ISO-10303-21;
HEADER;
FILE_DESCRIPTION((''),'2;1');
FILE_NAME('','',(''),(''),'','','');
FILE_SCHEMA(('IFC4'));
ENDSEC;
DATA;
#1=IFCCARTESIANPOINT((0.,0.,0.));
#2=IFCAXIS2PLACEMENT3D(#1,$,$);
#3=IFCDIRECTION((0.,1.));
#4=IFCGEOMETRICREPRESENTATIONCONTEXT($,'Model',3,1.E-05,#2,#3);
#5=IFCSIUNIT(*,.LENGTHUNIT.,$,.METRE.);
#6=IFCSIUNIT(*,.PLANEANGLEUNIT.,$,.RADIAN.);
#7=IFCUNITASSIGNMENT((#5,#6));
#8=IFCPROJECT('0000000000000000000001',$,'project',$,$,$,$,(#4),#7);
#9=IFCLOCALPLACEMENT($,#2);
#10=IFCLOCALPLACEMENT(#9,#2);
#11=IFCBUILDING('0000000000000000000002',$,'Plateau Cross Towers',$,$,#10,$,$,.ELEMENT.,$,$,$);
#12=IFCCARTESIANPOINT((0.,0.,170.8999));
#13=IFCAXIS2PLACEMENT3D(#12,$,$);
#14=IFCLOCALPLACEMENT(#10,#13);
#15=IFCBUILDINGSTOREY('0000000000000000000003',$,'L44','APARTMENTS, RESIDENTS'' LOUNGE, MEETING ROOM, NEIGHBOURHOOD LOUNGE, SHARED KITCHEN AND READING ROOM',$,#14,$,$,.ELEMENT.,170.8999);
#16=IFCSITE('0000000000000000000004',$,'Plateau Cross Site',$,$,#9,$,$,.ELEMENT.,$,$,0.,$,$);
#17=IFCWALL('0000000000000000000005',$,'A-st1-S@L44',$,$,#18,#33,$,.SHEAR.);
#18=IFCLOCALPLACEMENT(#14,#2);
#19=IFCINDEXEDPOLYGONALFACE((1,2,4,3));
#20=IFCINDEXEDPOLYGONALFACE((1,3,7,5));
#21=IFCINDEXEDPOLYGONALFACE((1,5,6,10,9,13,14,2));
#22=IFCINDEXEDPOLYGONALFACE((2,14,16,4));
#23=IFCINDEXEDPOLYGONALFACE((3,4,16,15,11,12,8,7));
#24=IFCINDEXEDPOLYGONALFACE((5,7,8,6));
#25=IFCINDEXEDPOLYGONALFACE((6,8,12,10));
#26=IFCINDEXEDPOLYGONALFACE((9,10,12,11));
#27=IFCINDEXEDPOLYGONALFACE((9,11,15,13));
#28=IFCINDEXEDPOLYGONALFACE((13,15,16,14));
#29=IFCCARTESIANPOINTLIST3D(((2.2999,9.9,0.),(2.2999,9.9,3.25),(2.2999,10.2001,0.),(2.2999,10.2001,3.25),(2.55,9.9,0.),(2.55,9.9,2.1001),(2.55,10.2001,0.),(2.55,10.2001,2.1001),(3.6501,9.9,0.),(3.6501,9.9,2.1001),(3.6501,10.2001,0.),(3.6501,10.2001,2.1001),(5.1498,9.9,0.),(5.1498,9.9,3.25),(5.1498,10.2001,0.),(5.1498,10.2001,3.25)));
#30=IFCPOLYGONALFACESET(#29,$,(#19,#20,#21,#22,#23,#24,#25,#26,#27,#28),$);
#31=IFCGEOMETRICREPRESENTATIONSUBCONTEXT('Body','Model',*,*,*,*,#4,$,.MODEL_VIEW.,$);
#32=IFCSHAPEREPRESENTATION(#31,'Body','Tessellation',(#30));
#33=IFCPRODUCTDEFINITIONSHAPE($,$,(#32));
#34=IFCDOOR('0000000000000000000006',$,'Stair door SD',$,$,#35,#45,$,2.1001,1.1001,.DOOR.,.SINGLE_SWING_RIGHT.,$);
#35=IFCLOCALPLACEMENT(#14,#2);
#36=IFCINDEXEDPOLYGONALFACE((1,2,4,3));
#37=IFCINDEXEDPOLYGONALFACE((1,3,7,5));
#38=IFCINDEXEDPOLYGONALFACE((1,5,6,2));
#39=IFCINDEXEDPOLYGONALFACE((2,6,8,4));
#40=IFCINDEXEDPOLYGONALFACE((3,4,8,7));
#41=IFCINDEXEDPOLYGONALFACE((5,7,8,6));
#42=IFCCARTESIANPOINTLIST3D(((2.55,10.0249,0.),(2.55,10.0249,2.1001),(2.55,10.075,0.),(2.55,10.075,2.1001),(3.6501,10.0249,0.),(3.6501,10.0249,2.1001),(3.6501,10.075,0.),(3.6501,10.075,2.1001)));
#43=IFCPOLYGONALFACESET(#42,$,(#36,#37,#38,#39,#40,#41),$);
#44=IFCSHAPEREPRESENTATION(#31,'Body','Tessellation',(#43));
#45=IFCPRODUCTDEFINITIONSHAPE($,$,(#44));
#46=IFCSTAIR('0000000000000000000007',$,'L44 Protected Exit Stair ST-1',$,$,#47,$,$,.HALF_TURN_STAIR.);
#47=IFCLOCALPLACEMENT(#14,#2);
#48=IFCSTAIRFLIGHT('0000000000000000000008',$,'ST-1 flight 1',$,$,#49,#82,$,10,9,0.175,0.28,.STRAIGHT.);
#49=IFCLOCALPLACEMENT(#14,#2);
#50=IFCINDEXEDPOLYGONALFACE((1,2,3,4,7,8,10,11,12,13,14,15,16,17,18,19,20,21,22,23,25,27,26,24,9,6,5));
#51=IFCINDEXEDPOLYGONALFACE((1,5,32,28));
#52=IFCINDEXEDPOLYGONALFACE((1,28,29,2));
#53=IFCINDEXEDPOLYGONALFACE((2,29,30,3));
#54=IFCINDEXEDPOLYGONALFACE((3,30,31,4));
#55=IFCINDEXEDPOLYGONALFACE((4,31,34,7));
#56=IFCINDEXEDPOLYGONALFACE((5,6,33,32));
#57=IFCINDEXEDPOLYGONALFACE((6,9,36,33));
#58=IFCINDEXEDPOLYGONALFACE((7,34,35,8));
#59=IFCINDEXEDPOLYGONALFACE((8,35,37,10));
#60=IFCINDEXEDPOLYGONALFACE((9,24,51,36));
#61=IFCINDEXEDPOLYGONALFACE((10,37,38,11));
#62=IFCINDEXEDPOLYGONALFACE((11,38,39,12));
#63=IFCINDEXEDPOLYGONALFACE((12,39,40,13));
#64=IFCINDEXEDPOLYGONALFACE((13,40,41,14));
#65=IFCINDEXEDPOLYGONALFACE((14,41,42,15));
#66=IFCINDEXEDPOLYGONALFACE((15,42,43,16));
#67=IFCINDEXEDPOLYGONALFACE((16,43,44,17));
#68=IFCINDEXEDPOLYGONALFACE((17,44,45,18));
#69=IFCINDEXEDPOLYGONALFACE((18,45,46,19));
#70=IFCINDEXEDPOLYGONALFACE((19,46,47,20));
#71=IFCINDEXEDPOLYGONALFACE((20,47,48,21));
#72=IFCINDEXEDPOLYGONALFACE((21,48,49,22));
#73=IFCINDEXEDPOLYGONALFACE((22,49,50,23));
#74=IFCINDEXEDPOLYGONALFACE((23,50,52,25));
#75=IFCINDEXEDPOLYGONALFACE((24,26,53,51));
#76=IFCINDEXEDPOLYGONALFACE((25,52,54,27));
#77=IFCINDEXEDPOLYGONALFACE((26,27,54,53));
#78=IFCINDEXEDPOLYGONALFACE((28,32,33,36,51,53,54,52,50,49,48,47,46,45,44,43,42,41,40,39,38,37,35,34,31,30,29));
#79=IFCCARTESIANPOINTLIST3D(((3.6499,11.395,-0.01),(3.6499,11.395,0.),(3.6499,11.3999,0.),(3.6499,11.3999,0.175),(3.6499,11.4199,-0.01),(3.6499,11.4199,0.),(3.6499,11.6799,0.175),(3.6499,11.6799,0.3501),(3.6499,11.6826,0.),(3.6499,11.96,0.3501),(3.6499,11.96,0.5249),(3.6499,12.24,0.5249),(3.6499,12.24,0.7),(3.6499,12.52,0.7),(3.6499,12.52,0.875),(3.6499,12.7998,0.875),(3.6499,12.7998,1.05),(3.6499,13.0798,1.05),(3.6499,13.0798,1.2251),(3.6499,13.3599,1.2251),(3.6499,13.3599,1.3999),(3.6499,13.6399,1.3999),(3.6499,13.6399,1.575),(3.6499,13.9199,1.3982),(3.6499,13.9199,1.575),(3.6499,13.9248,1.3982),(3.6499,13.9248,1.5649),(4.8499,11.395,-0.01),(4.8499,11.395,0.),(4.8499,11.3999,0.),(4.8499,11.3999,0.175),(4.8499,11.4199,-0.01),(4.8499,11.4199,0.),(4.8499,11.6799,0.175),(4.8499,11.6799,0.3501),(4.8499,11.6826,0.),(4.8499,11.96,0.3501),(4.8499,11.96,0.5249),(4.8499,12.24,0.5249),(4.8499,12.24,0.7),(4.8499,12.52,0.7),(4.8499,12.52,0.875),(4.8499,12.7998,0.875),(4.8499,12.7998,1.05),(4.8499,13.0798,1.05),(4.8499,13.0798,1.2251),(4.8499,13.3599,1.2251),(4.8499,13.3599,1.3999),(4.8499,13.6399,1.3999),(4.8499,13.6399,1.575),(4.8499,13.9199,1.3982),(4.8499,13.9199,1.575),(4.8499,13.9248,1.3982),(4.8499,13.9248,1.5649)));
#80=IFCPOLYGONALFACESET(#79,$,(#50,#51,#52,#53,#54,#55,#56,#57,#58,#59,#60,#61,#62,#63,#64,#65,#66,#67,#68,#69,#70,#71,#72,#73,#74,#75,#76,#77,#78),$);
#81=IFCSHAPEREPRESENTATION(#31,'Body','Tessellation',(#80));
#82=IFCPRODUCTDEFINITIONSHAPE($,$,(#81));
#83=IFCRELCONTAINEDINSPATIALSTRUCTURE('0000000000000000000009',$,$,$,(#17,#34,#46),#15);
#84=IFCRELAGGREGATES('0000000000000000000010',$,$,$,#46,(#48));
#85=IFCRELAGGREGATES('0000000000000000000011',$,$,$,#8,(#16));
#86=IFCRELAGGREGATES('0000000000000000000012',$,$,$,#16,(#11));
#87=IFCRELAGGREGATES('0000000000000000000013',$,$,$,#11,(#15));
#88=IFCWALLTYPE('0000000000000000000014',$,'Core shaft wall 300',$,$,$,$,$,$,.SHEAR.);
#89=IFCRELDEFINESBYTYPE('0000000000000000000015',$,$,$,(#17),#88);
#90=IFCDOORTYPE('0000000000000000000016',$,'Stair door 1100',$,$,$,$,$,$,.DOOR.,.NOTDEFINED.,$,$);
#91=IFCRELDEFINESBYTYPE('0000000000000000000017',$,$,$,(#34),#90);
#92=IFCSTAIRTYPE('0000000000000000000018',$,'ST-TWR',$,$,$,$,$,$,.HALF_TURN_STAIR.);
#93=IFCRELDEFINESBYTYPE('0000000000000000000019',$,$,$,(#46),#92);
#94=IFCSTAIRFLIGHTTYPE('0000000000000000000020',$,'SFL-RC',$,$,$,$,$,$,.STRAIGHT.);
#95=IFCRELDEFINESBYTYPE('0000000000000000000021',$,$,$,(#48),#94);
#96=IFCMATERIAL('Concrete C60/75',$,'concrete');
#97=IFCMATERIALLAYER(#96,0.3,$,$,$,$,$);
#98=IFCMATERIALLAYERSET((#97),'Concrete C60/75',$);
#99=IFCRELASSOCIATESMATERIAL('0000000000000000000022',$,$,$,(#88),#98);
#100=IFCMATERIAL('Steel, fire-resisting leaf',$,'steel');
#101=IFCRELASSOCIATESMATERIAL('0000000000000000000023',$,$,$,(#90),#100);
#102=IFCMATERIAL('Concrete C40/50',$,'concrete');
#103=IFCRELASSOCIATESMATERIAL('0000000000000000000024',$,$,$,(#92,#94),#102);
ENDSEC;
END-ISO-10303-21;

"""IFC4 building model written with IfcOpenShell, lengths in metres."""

from ifc_helpers import new_model, si_unit, direction, frame, frame_2d, origin, place, context, subcontext, project, spatial, polyline, rectangle, outline, extrude, material, layer, layer_set, type_object, element, fill, aggregate, save


model = new_model("IFC4")

# Units and contexts
model_context = context("Model", 3, precision=1e-05, world=origin(), true_north=direction((0.0, 1.0)))
body_context = subcontext(model_context, "Body", "Model", "MODEL_VIEW")
ifc_project = project(units=[si_unit("LENGTHUNIT", "METRE"), si_unit("PLANEANGLEUNIT", "RADIAN")], contexts=[model_context])

# Site, building, storey
site_placement = place(None, origin())
site = spatial("IfcSite", under=ifc_project, at=site_placement, Name="Plateau Cross Site", CompositionType="ELEMENT", RefElevation=0.0)
building_placement = place(site_placement, origin())
building = spatial("IfcBuilding", under=site, at=building_placement, Name="Plateau Cross Towers", CompositionType="ELEMENT")
storey_placement = place(building_placement, frame((0.0, 0.0, 170.8999)))
storey = spatial("IfcBuildingStorey", under=building, at=storey_placement, Name="L44", Description="APARTMENTS, RESIDENTS' LOUNGE, MEETING ROOM, NEIGHBOURHOOD LOUNGE, SHARED KITCHEN AND READING ROOM", CompositionType="ELEMENT", Elevation=170.8999)

# Shared definitions
ifc_material_1 = material(Name="Concrete C60/75", Category="concrete")
ifc_layer_1 = layer(ifc_material_1, 0.3)
ifc_layer_set_1 = layer_set([ifc_layer_1], Name="Concrete C60/75")
wall_type = type_object("IfcWallType", Name="Core shaft wall 300", PredefinedType="SHEAR", material=ifc_layer_set_1)
ifc_material_2 = material(Name="Steel, fire-resisting leaf", Category="steel")
door_type_1 = type_object("IfcDoorType", Name="Stair door 1100", OperationType="NOTDEFINED", PredefinedType="DOOR", material=ifc_material_2)

# Wall, opening, door
wall_1_placement = place(storey_placement, frame((2.3, 10.05, 0.0), z_axis=(0.0, 0.0, 1.0), x_axis=(1.0, 0.0, 0.0)))
wall_1 = element("IfcWall", 1, at=wall_1_placement, inside=storey, type_object=wall_type, Name="A-st1-S@L44", PredefinedType="SHEAR", context=body_context, shape_type="SweptSolid", body=[
    extrude(rectangle(XDim=2.8499, YDim=0.3, at=frame_2d((1.4248, 0.0))), origin(), (0.0, 0.0, 1.0), 3.25),
])
opening_1_placement = place(wall_1_placement, frame((0.25, 0.0, 0.0)))
opening_1 = element("IfcOpeningElement", 2, at=opening_1_placement, cuts=wall_1, PredefinedType="OPENING", context=body_context, shape_type="SweptSolid", body=[
    extrude(rectangle(XDim=1.1001, YDim=2.1001, at=frame_2d((0.55, 1.05))), frame((0.0, 0.1599, 0.0), z_axis=(0.0, -1.0, 0.0), x_axis=(1.0, 0.0, 0.0)), (0.0, 0.0, 1.0), 0.3201),
])
door_1_placement = place(opening_1_placement, origin())
door_1 = element("IfcDoor", 3, at=door_1_placement, inside=storey, type_object=door_type_1, Name="Stair door SD", OperationType="SINGLE_SWING_RIGHT", OverallHeight=2.1001, OverallWidth=1.1001, PredefinedType="DOOR", context=body_context, shape_type="SweptSolid", body=[
    extrude(rectangle(XDim=1.1001, YDim=2.1001, at=frame_2d((0.55, 1.05))), frame((0.0, 0.0249, 0.0), z_axis=(0.0, -1.0, 0.0), x_axis=(1.0, 0.0, 0.0)), (0.0, 0.0, 1.0), 0.05),
])
fill(opening_1, door_1)

# Stair, stair flight
ifc_material_3 = material(Name="Concrete C40/50", Category="concrete")
stair_type = type_object("IfcStairType", Name="ST-TWR", PredefinedType="HALF_TURN_STAIR", material=ifc_material_3)
stair_placement = place(storey_placement, origin())
stair = element("IfcStair", 4, at=stair_placement, inside=storey, type_object=stair_type, Name="L44 Protected Exit Stair ST-1", PredefinedType="HALF_TURN_STAIR")
stair_flight_type = type_object("IfcStairFlightType", Name="SFL-RC", PredefinedType="STRAIGHT", material=ifc_material_3)
stair_flight_placement = place(storey_placement, frame((4.25, 11.3999, 0.0), z_axis=(0.0, 0.0, 1.0), x_axis=(0.0, 1.0, 0.0)))
stair_flight = element("IfcStairFlight", 5, at=stair_flight_placement, type_object=stair_flight_type, Name="ST-1 flight 1", NumberOfRisers=10, NumberOfTreads=9, PredefinedType="STRAIGHT", RiserHeight=0.175, TreadLength=0.28, context=body_context, shape_type="SweptSolid", body=[
    extrude(outline(polyline([(-0.0049, -0.01), (-0.0049, 0.0), (0.0, 0.0), (0.0, 0.175), (0.28, 0.175), (0.28, 0.3501), (0.5601, 0.3501), (0.5601, 0.5249), (0.8401, 0.5249), (0.8401, 0.7), (1.1201, 0.7), (1.1201, 0.875), (1.3999, 0.875), (1.3999, 1.05), (1.6799, 1.05), (1.6799, 1.2251), (1.96, 1.2251), (1.96, 1.3999), (2.24, 1.3999), (2.24, 1.575), (2.52, 1.575), (2.5249, 1.5649), (2.5249, 1.3982), (2.52, 1.3982), (0.2827, 0.0), (0.02, 0.0), (0.02, -0.01), (-0.0049, -0.01)])), frame((0.0, 0.6001, 0.0), z_axis=(0.0, -1.0, 0.0), x_axis=(1.0, 0.0, 0.0)), (0.0, 0.0, 1.0), 1.2),
])
aggregate(stair, [stair_flight])

save(model, "model.ifc")
